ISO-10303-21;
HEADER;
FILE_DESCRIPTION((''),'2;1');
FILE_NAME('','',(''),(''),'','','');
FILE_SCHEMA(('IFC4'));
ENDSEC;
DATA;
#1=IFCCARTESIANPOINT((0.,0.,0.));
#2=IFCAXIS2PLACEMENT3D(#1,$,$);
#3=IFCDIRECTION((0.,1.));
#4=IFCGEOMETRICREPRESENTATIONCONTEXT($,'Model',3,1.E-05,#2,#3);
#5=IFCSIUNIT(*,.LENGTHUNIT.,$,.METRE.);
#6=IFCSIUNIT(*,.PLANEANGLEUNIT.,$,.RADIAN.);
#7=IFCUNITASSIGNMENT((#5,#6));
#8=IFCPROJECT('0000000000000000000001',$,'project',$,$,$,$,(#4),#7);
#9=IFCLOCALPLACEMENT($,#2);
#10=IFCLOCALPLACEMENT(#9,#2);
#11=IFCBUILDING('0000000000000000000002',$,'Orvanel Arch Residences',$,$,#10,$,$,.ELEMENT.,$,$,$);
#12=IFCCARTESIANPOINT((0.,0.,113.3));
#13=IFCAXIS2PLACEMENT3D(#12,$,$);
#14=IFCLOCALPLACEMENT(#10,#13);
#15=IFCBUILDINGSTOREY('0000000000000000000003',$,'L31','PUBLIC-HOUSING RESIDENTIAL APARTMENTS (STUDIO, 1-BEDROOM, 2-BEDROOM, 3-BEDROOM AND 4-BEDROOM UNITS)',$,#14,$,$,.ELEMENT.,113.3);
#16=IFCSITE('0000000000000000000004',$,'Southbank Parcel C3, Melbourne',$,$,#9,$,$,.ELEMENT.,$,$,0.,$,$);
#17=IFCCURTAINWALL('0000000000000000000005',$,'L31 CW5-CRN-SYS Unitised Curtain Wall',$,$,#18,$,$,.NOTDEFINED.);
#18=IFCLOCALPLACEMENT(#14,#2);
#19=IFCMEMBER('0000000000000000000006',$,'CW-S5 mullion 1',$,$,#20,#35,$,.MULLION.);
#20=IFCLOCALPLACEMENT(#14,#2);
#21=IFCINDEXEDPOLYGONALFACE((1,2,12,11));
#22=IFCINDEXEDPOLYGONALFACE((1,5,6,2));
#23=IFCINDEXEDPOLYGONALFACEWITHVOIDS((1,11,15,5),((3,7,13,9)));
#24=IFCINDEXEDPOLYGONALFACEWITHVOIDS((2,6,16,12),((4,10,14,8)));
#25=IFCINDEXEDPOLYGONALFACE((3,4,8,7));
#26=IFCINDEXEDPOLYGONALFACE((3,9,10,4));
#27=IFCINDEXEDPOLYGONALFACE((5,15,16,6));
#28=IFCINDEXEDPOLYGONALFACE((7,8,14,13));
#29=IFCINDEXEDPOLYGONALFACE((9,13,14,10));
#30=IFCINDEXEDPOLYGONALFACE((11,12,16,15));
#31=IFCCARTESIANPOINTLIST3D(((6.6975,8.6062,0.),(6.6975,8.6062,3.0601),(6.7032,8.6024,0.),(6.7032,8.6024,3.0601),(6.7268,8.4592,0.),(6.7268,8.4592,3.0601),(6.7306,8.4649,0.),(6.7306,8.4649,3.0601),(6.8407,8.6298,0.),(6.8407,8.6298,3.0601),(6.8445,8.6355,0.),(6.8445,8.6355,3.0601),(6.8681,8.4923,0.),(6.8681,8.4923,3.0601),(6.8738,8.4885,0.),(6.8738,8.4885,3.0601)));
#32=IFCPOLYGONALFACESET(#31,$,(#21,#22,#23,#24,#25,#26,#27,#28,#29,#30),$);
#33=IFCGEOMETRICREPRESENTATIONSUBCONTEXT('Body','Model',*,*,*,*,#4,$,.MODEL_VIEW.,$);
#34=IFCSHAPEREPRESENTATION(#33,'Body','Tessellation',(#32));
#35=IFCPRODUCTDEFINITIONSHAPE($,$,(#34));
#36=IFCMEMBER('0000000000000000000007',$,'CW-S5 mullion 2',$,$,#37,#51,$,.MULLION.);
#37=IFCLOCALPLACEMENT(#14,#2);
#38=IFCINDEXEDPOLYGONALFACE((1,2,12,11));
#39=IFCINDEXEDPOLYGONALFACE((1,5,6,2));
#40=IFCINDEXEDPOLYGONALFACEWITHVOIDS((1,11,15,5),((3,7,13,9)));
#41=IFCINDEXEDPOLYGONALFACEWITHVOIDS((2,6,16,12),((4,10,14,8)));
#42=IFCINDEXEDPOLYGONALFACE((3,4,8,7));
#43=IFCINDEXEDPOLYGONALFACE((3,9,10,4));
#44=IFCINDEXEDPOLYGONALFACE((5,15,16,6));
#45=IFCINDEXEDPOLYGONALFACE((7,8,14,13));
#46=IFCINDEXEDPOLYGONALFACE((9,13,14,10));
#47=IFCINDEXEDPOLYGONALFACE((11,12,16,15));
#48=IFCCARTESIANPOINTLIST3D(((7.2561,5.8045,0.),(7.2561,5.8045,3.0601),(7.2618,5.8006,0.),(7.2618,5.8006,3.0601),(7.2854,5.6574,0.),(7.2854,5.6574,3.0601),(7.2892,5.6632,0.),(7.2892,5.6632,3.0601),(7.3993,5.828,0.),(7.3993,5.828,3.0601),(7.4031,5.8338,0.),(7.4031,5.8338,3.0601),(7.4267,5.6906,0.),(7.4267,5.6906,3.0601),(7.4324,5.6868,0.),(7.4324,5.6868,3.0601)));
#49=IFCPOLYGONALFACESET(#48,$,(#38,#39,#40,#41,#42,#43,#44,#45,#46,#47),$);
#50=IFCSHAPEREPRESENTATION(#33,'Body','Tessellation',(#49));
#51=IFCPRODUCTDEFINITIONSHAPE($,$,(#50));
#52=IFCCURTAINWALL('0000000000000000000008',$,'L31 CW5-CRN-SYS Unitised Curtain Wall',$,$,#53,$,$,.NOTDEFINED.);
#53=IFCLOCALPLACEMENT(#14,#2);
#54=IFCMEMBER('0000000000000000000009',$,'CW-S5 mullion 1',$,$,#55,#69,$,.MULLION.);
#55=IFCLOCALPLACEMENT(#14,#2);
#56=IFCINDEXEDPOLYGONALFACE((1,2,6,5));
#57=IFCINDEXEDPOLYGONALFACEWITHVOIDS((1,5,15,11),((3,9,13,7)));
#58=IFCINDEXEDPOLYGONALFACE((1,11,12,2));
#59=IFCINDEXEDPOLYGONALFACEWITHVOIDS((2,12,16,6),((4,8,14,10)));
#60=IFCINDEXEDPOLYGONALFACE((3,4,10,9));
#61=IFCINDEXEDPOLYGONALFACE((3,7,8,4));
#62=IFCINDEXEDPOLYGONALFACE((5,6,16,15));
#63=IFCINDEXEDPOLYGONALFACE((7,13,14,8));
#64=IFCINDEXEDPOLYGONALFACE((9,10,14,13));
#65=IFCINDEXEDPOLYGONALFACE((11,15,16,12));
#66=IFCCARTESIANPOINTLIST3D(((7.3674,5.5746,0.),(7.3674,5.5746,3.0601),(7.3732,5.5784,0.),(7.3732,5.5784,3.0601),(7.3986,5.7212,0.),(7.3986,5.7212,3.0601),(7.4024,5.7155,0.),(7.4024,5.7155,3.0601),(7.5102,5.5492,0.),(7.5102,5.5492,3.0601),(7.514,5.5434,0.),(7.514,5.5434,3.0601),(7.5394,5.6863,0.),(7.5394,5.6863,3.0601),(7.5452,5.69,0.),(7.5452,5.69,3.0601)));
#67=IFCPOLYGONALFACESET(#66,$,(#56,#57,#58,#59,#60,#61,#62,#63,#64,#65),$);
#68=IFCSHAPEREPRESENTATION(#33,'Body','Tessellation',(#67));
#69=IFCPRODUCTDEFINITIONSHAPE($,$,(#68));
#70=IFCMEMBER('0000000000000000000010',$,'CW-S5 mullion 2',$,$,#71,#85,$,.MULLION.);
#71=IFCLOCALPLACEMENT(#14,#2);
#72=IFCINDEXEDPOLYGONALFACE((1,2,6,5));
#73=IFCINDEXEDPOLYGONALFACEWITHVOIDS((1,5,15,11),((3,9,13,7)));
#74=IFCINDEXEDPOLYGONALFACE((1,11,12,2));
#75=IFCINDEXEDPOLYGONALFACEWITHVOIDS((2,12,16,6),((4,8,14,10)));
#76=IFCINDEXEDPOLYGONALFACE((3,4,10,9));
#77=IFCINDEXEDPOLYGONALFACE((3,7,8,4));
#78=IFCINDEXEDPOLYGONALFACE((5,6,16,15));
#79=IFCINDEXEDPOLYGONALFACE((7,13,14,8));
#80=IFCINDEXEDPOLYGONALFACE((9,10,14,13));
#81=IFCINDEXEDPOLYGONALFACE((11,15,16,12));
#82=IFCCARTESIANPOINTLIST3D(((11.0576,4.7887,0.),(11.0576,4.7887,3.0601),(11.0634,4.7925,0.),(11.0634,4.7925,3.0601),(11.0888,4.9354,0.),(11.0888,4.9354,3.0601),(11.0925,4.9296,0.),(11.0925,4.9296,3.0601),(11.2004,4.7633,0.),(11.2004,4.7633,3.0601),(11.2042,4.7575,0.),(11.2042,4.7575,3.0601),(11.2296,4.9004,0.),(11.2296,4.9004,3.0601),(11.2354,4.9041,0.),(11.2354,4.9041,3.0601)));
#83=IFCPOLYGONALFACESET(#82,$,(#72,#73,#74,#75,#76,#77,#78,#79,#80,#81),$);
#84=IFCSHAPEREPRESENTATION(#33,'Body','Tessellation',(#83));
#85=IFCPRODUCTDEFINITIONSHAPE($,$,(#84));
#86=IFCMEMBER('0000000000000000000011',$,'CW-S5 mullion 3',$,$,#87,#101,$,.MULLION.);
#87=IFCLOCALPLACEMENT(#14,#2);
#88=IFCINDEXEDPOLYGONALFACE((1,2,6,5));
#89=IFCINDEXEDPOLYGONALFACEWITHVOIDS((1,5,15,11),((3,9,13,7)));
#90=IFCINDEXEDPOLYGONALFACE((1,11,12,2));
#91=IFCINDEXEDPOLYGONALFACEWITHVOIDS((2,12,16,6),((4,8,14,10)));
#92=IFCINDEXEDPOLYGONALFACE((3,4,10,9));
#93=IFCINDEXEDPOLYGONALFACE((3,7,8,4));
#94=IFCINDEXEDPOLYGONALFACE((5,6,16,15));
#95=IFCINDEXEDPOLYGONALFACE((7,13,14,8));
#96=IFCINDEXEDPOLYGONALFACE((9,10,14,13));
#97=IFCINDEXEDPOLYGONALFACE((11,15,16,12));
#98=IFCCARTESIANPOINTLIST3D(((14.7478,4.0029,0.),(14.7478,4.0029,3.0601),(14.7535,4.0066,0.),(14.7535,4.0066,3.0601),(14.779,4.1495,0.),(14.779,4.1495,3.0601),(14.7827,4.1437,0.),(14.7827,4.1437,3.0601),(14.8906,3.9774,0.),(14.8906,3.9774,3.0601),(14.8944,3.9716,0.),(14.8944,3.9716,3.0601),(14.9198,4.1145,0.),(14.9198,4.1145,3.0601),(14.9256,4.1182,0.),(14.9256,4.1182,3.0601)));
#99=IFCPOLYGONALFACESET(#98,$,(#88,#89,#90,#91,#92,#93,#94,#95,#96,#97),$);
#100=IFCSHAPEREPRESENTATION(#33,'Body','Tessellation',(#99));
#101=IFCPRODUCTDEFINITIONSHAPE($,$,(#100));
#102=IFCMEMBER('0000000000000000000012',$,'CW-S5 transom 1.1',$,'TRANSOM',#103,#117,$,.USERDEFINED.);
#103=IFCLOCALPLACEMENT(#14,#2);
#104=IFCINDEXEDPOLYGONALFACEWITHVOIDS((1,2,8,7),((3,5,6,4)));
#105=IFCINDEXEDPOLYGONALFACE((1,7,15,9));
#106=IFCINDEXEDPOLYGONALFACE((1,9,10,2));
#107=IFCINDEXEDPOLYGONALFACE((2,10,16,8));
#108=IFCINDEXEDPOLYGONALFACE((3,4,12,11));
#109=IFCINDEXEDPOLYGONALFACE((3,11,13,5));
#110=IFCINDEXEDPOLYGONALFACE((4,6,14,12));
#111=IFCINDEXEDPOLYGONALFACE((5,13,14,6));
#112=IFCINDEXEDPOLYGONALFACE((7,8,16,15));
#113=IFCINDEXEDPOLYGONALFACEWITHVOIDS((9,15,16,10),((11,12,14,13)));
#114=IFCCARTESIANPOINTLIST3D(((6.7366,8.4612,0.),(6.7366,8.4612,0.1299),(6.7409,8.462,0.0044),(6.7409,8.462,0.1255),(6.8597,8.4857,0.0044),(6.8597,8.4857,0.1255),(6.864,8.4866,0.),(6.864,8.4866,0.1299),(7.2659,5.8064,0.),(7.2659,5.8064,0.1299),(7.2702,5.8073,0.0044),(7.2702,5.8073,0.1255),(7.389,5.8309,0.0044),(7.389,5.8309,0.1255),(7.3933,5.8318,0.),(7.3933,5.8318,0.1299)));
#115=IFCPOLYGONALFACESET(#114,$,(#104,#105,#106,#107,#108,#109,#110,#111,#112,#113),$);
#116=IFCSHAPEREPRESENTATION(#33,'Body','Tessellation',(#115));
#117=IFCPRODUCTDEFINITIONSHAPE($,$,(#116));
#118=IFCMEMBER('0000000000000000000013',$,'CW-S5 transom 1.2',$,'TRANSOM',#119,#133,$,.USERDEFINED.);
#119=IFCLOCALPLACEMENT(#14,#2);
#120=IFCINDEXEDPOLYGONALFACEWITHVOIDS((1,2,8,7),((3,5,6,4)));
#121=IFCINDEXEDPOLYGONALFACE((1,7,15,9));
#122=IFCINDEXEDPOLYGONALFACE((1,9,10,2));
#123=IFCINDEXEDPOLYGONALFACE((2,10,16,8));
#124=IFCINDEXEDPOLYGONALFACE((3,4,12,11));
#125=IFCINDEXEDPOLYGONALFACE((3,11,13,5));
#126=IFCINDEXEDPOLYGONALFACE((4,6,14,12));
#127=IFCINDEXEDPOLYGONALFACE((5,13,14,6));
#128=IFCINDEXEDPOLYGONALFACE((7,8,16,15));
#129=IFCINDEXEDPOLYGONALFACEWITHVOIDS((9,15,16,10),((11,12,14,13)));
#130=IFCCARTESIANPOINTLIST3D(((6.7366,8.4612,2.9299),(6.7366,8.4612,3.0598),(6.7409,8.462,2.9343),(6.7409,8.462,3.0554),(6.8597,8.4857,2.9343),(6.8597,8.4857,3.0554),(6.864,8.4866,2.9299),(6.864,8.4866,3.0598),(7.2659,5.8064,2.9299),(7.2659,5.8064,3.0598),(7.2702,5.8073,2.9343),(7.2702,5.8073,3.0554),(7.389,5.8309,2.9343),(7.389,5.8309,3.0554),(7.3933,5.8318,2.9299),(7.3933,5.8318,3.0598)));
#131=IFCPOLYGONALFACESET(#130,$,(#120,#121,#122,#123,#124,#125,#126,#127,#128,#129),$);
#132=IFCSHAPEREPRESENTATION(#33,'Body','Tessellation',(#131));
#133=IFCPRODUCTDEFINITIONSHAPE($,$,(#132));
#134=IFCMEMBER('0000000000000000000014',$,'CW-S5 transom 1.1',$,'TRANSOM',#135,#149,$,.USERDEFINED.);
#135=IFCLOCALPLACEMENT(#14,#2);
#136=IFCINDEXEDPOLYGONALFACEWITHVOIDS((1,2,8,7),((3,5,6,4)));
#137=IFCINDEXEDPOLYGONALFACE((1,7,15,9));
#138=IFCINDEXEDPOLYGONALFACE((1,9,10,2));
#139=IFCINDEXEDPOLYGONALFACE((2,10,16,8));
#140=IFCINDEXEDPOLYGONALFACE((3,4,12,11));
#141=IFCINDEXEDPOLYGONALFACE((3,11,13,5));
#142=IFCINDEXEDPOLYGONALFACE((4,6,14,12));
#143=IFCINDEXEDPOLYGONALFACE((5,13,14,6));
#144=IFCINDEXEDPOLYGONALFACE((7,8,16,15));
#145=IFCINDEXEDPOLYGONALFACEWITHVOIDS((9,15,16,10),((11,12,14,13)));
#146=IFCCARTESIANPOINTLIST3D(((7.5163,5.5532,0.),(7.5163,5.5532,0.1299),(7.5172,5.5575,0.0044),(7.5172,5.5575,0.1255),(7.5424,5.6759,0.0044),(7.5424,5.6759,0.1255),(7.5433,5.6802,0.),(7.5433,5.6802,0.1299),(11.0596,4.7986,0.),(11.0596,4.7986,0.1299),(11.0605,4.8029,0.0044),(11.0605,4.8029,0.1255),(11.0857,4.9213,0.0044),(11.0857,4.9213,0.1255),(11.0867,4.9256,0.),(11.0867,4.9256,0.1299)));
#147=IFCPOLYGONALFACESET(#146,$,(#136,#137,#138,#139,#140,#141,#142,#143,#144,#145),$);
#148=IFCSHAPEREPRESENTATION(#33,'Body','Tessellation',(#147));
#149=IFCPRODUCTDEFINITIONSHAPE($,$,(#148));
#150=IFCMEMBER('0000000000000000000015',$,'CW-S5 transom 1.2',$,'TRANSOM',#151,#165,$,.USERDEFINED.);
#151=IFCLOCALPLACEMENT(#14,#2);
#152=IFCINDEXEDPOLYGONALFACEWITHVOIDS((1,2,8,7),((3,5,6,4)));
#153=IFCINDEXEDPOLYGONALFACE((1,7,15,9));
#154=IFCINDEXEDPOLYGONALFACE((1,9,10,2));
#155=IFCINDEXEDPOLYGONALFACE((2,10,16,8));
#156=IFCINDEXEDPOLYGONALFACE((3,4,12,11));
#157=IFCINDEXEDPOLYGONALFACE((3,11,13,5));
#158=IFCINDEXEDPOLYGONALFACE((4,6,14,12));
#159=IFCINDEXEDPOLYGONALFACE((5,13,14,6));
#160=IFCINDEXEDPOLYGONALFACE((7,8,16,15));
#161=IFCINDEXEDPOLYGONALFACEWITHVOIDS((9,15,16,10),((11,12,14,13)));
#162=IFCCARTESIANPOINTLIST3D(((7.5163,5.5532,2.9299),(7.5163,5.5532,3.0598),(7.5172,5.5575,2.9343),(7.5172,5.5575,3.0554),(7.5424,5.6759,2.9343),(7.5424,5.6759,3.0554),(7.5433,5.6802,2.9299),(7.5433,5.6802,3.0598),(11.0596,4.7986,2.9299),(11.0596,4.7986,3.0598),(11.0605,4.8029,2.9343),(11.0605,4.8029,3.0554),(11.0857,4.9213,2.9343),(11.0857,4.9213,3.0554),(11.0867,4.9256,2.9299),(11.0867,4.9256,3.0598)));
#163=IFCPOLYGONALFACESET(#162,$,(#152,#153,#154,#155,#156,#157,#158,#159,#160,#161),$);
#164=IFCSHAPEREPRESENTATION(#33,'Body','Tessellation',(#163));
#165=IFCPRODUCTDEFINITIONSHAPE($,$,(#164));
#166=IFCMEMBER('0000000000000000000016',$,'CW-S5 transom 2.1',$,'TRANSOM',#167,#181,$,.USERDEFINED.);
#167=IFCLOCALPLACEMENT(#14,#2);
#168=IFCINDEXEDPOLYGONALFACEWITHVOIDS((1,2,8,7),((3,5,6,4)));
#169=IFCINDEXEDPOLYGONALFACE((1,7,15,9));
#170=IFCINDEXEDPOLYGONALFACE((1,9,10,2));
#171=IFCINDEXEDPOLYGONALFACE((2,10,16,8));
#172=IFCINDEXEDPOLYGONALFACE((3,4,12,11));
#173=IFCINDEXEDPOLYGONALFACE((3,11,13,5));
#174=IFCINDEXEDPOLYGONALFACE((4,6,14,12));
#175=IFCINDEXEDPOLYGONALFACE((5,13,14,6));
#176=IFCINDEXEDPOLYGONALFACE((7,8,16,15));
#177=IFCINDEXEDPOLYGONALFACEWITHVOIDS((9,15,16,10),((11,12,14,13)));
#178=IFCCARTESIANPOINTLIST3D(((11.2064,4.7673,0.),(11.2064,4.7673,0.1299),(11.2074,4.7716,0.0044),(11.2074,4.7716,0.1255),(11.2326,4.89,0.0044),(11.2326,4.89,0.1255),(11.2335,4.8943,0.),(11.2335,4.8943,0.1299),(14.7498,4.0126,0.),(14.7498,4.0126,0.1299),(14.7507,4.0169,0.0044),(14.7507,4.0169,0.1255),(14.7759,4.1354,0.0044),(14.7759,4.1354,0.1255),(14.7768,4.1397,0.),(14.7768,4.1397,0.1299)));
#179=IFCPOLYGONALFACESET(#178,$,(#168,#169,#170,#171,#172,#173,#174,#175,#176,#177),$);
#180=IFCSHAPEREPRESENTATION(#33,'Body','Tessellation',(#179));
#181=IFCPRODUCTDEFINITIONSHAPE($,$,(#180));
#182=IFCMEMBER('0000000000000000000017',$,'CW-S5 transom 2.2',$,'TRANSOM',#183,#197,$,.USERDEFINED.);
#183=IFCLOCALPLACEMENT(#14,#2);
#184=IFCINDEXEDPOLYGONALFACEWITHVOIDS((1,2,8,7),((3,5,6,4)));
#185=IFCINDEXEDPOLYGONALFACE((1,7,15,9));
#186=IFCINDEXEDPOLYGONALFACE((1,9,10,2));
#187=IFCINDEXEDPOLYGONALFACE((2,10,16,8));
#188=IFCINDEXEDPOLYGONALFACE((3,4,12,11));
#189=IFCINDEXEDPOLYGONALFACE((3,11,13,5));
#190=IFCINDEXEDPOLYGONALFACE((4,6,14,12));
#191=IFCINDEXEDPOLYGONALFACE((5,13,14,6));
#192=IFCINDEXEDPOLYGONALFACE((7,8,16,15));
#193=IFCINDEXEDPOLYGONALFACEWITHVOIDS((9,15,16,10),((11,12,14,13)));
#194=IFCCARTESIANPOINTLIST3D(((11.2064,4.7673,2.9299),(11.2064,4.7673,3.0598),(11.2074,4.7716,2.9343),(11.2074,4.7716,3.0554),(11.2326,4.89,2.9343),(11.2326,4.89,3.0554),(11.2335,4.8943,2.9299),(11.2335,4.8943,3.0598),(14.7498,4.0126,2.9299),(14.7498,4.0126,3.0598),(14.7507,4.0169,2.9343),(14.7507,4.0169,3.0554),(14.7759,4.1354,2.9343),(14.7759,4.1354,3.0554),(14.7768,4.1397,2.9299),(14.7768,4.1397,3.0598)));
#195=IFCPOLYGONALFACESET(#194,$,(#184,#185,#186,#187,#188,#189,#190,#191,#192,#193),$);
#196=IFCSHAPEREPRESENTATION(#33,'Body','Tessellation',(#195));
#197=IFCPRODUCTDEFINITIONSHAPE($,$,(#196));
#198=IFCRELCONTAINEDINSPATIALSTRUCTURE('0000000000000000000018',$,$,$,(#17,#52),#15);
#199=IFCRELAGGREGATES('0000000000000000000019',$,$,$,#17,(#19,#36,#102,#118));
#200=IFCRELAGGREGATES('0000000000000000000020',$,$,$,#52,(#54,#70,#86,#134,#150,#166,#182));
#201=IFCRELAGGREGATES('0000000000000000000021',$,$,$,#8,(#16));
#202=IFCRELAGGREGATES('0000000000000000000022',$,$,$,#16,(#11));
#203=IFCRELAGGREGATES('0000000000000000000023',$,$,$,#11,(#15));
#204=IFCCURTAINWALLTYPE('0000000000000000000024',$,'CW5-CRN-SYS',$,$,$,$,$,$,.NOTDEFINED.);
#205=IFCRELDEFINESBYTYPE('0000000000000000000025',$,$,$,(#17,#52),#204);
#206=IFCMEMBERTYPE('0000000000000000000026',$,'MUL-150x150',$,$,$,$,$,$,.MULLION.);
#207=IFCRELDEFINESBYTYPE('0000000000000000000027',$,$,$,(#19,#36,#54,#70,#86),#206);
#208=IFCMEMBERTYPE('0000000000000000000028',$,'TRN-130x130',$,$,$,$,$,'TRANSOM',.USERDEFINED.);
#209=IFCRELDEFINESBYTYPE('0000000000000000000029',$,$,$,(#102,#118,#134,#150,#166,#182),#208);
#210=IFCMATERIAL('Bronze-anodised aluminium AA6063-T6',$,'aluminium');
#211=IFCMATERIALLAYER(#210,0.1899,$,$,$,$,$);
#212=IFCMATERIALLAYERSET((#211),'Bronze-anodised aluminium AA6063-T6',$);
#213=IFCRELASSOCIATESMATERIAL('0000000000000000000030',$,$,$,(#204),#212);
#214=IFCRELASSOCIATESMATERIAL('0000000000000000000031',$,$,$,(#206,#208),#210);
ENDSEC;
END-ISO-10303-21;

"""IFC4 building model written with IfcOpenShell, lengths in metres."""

from ifc_helpers import new_model, si_unit, direction, frame, origin, origin_2d, place, context, subcontext, project, spatial, hollow_rectangle, extrude, material, layer, layer_set, material_profile, profile_set, type_object, element, aggregate, save


model = new_model("IFC4")

# Units and contexts
model_context = context("Model", 3, precision=1e-05, world=origin(), true_north=direction((0.0, 1.0)))
body_context = subcontext(model_context, "Body", "Model", "MODEL_VIEW")
ifc_project = project(units=[si_unit("LENGTHUNIT", "METRE"), si_unit("PLANEANGLEUNIT", "RADIAN")], contexts=[model_context])

# Site, building, storey
site_placement = place(None, origin())
site = spatial("IfcSite", under=ifc_project, at=site_placement, Name="Southbank Parcel C3, Melbourne", CompositionType="ELEMENT", RefElevation=0.0)
building_placement = place(site_placement, origin())
building = spatial("IfcBuilding", under=site, at=building_placement, Name="Orvanel Arch Residences", CompositionType="ELEMENT")
storey_placement = place(building_placement, frame((0.0, 0.0, 113.3)))
storey = spatial("IfcBuildingStorey", under=building, at=storey_placement, Name="L31", Description="PUBLIC-HOUSING RESIDENTIAL APARTMENTS (STUDIO, 1-BEDROOM, 2-BEDROOM, 3-BEDROOM AND 4-BEDROOM UNITS)", CompositionType="ELEMENT", Elevation=113.3)

# Curtain walls, members
ifc_material_1 = material(Name="Bronze-anodised aluminium AA6063-T6", Category="aluminium")
ifc_layer_1 = layer(ifc_material_1, 0.1899)
ifc_layer_set_1 = layer_set([ifc_layer_1], Name="Bronze-anodised aluminium AA6063-T6")
curtain_wall_type = type_object("IfcCurtainWallType", Name="CW5-CRN-SYS", PredefinedType="NOTDEFINED", material=ifc_layer_set_1)
curtain_wall_1_placement = place(storey_placement, origin())
curtain_wall_1 = element("IfcCurtainWall", 1, at=curtain_wall_1_placement, inside=storey, type_object=curtain_wall_type, Name="L31 CW5-CRN-SYS Unitised Curtain Wall", PredefinedType="NOTDEFINED")
ifc_material_profile_1 = material_profile(ifc_material_1, hollow_rectangle(XDim=0.1499, YDim=0.1499, WallThickness=0.0049, at=origin_2d()), Name="ALU150x150x5")
ifc_profile_set_1 = profile_set([ifc_material_profile_1], Name="Bronze-anodised aluminium AA6063-T6")
member_type_1 = type_object("IfcMemberType", Name="MUL-150x150", PredefinedType="MULLION", material=ifc_profile_set_1)
member_1_placement = place(storey_placement, frame((6.7856, 8.5474, 0.0), z_axis=(0.0, 0.0, 1.0), x_axis=(0.980696, 0.195541, 0.0)))
member_1 = element("IfcMember", 2, at=member_1_placement, type_object=member_type_1, Name="CW-S5 mullion 1", PredefinedType="MULLION", context=body_context, shape_type="SweptSolid", body=[
    extrude(hollow_rectangle(XDim=0.1499, YDim=0.1499, WallThickness=0.0049, at=origin_2d()), origin(), (0.0, 0.0, 1.0), 3.0601),
])
member_2_placement = place(storey_placement, frame((7.3442, 5.7456, 0.0), z_axis=(0.0, 0.0, 1.0), x_axis=(0.980696, 0.195541, 0.0)))
member_2 = element("IfcMember", 3, at=member_2_placement, type_object=member_type_1, Name="CW-S5 mullion 2", PredefinedType="MULLION", context=body_context, shape_type="SweptSolid", body=[
    extrude(hollow_rectangle(XDim=0.1499, YDim=0.1499, WallThickness=0.0049, at=origin_2d()), origin(), (0.0, 0.0, 1.0), 3.0601),
])
curtain_wall_2_placement = place(storey_placement, origin())
curtain_wall_2 = element("IfcCurtainWall", 4, at=curtain_wall_2_placement, inside=storey, type_object=curtain_wall_type, Name="L31 CW5-CRN-SYS Unitised Curtain Wall", PredefinedType="NOTDEFINED")
member_3_placement = place(storey_placement, frame((7.4563, 5.6323, 0.0), z_axis=(0.0, 0.0, 1.0), x_axis=(0.208295, 0.978066, 0.0)))
member_3 = element("IfcMember", 5, at=member_3_placement, type_object=member_type_1, Name="CW-S5 mullion 1", PredefinedType="MULLION", context=body_context, shape_type="SweptSolid", body=[
    extrude(hollow_rectangle(XDim=0.1499, YDim=0.1499, WallThickness=0.0049, at=origin_2d()), origin(), (0.0, 0.0, 1.0), 3.0601),
])
member_4_placement = place(storey_placement, frame((11.1465, 4.8464, 0.0), z_axis=(0.0, 0.0, 1.0), x_axis=(0.208295, 0.978066, 0.0)))
member_4 = element("IfcMember", 6, at=member_4_placement, type_object=member_type_1, Name="CW-S5 mullion 2", PredefinedType="MULLION", context=body_context, shape_type="SweptSolid", body=[
    extrude(hollow_rectangle(XDim=0.1499, YDim=0.1499, WallThickness=0.0049, at=origin_2d()), origin(), (0.0, 0.0, 1.0), 3.0601),
])
member_5_placement = place(storey_placement, frame((14.8367, 4.0605, 0.0), z_axis=(0.0, 0.0, 1.0), x_axis=(0.208295, 0.978066, 0.0)))
member_5 = element("IfcMember", 7, at=member_5_placement, type_object=member_type_1, Name="CW-S5 mullion 3", PredefinedType="MULLION", context=body_context, shape_type="SweptSolid", body=[
    extrude(hollow_rectangle(XDim=0.1499, YDim=0.1499, WallThickness=0.0049, at=origin_2d()), origin(), (0.0, 0.0, 1.0), 3.0601),
])

# Members
ifc_material_profile_2 = material_profile(ifc_material_1, hollow_rectangle(XDim=0.1299, YDim=0.1299, WallThickness=0.0044, at=origin_2d()), Name="ALU130x130x4.5")
ifc_profile_set_2 = profile_set([ifc_material_profile_2], Name="Bronze-anodised aluminium AA6063-T6")
member_type_2 = type_object("IfcMemberType", Name="TRN-130x130", ElementType="TRANSOM", PredefinedType="USERDEFINED", material=ifc_profile_set_2)
member_6_placement = place(storey_placement, frame((6.8003, 8.4739, 0.0649), z_axis=(0.195526, -0.980698, 0.0), x_axis=(0.980698, 0.195526, 0.0)))
member_6 = element("IfcMember", 8, at=member_6_placement, type_object=member_type_2, Name="CW-S5 transom 1.1", ObjectType="TRANSOM", PredefinedType="USERDEFINED", context=body_context, shape_type="SweptSolid", body=[
    extrude(hollow_rectangle(XDim=0.1299, YDim=0.1299, WallThickness=0.0044, at=origin_2d()), origin(), (0.0, 0.0, 1.0), 2.707),
])
member_7_placement = place(storey_placement, frame((6.8003, 8.4739, 2.9949), z_axis=(0.195526, -0.980698, 0.0), x_axis=(0.980698, 0.195526, 0.0)))
member_7 = element("IfcMember", 9, at=member_7_placement, type_object=member_type_2, Name="CW-S5 transom 1.2", ObjectType="TRANSOM", PredefinedType="USERDEFINED", context=body_context, shape_type="SweptSolid", body=[
    extrude(hollow_rectangle(XDim=0.1299, YDim=0.1299, WallThickness=0.0044, at=origin_2d()), origin(), (0.0, 0.0, 1.0), 2.707),
])
member_8_placement = place(storey_placement, frame((7.5298, 5.6167, 0.0649), z_axis=(0.978066, -0.208296, 0.0), x_axis=(0.208296, 0.978066, 0.0)))
member_8 = element("IfcMember", 10, at=member_8_placement, type_object=member_type_2, Name="CW-S5 transom 1.1", ObjectType="TRANSOM", PredefinedType="USERDEFINED", context=body_context, shape_type="SweptSolid", body=[
    extrude(hollow_rectangle(XDim=0.1299, YDim=0.1299, WallThickness=0.0044, at=origin_2d()), origin(), (0.0, 0.0, 1.0), 3.6228),
])
member_9_placement = place(storey_placement, frame((7.5298, 5.6167, 2.9949), z_axis=(0.978066, -0.208296, 0.0), x_axis=(0.208296, 0.978066, 0.0)))
member_9 = element("IfcMember", 11, at=member_9_placement, type_object=member_type_2, Name="CW-S5 transom 1.2", ObjectType="TRANSOM", PredefinedType="USERDEFINED", context=body_context, shape_type="SweptSolid", body=[
    extrude(hollow_rectangle(XDim=0.1299, YDim=0.1299, WallThickness=0.0044, at=origin_2d()), origin(), (0.0, 0.0, 1.0), 3.6228),
])
member_10_placement = place(storey_placement, frame((11.22, 4.8308, 0.0649), z_axis=(0.978063, -0.208309, 0.0), x_axis=(0.208309, 0.978063, 0.0)))
member_10 = element("IfcMember", 12, at=member_10_placement, type_object=member_type_2, Name="CW-S5 transom 2.1", ObjectType="TRANSOM", PredefinedType="USERDEFINED", context=body_context, shape_type="SweptSolid", body=[
    extrude(hollow_rectangle(XDim=0.1299, YDim=0.1299, WallThickness=0.0044, at=origin_2d()), origin(), (0.0, 0.0, 1.0), 3.6228),
])
member_11_placement = place(storey_placement, frame((11.22, 4.8308, 2.9949), z_axis=(0.978063, -0.208309, 0.0), x_axis=(0.208309, 0.978063, 0.0)))
member_11 = element("IfcMember", 13, at=member_11_placement, type_object=member_type_2, Name="CW-S5 transom 2.2", ObjectType="TRANSOM", PredefinedType="USERDEFINED", context=body_context, shape_type="SweptSolid", body=[
    extrude(hollow_rectangle(XDim=0.1299, YDim=0.1299, WallThickness=0.0044, at=origin_2d()), origin(), (0.0, 0.0, 1.0), 3.6228),
])

aggregate(curtain_wall_1, [member_1, member_2, member_6, member_7])
aggregate(curtain_wall_2, [member_3, member_4, member_5, member_8, member_9, member_10, member_11])

save(model, "model.ifc")
